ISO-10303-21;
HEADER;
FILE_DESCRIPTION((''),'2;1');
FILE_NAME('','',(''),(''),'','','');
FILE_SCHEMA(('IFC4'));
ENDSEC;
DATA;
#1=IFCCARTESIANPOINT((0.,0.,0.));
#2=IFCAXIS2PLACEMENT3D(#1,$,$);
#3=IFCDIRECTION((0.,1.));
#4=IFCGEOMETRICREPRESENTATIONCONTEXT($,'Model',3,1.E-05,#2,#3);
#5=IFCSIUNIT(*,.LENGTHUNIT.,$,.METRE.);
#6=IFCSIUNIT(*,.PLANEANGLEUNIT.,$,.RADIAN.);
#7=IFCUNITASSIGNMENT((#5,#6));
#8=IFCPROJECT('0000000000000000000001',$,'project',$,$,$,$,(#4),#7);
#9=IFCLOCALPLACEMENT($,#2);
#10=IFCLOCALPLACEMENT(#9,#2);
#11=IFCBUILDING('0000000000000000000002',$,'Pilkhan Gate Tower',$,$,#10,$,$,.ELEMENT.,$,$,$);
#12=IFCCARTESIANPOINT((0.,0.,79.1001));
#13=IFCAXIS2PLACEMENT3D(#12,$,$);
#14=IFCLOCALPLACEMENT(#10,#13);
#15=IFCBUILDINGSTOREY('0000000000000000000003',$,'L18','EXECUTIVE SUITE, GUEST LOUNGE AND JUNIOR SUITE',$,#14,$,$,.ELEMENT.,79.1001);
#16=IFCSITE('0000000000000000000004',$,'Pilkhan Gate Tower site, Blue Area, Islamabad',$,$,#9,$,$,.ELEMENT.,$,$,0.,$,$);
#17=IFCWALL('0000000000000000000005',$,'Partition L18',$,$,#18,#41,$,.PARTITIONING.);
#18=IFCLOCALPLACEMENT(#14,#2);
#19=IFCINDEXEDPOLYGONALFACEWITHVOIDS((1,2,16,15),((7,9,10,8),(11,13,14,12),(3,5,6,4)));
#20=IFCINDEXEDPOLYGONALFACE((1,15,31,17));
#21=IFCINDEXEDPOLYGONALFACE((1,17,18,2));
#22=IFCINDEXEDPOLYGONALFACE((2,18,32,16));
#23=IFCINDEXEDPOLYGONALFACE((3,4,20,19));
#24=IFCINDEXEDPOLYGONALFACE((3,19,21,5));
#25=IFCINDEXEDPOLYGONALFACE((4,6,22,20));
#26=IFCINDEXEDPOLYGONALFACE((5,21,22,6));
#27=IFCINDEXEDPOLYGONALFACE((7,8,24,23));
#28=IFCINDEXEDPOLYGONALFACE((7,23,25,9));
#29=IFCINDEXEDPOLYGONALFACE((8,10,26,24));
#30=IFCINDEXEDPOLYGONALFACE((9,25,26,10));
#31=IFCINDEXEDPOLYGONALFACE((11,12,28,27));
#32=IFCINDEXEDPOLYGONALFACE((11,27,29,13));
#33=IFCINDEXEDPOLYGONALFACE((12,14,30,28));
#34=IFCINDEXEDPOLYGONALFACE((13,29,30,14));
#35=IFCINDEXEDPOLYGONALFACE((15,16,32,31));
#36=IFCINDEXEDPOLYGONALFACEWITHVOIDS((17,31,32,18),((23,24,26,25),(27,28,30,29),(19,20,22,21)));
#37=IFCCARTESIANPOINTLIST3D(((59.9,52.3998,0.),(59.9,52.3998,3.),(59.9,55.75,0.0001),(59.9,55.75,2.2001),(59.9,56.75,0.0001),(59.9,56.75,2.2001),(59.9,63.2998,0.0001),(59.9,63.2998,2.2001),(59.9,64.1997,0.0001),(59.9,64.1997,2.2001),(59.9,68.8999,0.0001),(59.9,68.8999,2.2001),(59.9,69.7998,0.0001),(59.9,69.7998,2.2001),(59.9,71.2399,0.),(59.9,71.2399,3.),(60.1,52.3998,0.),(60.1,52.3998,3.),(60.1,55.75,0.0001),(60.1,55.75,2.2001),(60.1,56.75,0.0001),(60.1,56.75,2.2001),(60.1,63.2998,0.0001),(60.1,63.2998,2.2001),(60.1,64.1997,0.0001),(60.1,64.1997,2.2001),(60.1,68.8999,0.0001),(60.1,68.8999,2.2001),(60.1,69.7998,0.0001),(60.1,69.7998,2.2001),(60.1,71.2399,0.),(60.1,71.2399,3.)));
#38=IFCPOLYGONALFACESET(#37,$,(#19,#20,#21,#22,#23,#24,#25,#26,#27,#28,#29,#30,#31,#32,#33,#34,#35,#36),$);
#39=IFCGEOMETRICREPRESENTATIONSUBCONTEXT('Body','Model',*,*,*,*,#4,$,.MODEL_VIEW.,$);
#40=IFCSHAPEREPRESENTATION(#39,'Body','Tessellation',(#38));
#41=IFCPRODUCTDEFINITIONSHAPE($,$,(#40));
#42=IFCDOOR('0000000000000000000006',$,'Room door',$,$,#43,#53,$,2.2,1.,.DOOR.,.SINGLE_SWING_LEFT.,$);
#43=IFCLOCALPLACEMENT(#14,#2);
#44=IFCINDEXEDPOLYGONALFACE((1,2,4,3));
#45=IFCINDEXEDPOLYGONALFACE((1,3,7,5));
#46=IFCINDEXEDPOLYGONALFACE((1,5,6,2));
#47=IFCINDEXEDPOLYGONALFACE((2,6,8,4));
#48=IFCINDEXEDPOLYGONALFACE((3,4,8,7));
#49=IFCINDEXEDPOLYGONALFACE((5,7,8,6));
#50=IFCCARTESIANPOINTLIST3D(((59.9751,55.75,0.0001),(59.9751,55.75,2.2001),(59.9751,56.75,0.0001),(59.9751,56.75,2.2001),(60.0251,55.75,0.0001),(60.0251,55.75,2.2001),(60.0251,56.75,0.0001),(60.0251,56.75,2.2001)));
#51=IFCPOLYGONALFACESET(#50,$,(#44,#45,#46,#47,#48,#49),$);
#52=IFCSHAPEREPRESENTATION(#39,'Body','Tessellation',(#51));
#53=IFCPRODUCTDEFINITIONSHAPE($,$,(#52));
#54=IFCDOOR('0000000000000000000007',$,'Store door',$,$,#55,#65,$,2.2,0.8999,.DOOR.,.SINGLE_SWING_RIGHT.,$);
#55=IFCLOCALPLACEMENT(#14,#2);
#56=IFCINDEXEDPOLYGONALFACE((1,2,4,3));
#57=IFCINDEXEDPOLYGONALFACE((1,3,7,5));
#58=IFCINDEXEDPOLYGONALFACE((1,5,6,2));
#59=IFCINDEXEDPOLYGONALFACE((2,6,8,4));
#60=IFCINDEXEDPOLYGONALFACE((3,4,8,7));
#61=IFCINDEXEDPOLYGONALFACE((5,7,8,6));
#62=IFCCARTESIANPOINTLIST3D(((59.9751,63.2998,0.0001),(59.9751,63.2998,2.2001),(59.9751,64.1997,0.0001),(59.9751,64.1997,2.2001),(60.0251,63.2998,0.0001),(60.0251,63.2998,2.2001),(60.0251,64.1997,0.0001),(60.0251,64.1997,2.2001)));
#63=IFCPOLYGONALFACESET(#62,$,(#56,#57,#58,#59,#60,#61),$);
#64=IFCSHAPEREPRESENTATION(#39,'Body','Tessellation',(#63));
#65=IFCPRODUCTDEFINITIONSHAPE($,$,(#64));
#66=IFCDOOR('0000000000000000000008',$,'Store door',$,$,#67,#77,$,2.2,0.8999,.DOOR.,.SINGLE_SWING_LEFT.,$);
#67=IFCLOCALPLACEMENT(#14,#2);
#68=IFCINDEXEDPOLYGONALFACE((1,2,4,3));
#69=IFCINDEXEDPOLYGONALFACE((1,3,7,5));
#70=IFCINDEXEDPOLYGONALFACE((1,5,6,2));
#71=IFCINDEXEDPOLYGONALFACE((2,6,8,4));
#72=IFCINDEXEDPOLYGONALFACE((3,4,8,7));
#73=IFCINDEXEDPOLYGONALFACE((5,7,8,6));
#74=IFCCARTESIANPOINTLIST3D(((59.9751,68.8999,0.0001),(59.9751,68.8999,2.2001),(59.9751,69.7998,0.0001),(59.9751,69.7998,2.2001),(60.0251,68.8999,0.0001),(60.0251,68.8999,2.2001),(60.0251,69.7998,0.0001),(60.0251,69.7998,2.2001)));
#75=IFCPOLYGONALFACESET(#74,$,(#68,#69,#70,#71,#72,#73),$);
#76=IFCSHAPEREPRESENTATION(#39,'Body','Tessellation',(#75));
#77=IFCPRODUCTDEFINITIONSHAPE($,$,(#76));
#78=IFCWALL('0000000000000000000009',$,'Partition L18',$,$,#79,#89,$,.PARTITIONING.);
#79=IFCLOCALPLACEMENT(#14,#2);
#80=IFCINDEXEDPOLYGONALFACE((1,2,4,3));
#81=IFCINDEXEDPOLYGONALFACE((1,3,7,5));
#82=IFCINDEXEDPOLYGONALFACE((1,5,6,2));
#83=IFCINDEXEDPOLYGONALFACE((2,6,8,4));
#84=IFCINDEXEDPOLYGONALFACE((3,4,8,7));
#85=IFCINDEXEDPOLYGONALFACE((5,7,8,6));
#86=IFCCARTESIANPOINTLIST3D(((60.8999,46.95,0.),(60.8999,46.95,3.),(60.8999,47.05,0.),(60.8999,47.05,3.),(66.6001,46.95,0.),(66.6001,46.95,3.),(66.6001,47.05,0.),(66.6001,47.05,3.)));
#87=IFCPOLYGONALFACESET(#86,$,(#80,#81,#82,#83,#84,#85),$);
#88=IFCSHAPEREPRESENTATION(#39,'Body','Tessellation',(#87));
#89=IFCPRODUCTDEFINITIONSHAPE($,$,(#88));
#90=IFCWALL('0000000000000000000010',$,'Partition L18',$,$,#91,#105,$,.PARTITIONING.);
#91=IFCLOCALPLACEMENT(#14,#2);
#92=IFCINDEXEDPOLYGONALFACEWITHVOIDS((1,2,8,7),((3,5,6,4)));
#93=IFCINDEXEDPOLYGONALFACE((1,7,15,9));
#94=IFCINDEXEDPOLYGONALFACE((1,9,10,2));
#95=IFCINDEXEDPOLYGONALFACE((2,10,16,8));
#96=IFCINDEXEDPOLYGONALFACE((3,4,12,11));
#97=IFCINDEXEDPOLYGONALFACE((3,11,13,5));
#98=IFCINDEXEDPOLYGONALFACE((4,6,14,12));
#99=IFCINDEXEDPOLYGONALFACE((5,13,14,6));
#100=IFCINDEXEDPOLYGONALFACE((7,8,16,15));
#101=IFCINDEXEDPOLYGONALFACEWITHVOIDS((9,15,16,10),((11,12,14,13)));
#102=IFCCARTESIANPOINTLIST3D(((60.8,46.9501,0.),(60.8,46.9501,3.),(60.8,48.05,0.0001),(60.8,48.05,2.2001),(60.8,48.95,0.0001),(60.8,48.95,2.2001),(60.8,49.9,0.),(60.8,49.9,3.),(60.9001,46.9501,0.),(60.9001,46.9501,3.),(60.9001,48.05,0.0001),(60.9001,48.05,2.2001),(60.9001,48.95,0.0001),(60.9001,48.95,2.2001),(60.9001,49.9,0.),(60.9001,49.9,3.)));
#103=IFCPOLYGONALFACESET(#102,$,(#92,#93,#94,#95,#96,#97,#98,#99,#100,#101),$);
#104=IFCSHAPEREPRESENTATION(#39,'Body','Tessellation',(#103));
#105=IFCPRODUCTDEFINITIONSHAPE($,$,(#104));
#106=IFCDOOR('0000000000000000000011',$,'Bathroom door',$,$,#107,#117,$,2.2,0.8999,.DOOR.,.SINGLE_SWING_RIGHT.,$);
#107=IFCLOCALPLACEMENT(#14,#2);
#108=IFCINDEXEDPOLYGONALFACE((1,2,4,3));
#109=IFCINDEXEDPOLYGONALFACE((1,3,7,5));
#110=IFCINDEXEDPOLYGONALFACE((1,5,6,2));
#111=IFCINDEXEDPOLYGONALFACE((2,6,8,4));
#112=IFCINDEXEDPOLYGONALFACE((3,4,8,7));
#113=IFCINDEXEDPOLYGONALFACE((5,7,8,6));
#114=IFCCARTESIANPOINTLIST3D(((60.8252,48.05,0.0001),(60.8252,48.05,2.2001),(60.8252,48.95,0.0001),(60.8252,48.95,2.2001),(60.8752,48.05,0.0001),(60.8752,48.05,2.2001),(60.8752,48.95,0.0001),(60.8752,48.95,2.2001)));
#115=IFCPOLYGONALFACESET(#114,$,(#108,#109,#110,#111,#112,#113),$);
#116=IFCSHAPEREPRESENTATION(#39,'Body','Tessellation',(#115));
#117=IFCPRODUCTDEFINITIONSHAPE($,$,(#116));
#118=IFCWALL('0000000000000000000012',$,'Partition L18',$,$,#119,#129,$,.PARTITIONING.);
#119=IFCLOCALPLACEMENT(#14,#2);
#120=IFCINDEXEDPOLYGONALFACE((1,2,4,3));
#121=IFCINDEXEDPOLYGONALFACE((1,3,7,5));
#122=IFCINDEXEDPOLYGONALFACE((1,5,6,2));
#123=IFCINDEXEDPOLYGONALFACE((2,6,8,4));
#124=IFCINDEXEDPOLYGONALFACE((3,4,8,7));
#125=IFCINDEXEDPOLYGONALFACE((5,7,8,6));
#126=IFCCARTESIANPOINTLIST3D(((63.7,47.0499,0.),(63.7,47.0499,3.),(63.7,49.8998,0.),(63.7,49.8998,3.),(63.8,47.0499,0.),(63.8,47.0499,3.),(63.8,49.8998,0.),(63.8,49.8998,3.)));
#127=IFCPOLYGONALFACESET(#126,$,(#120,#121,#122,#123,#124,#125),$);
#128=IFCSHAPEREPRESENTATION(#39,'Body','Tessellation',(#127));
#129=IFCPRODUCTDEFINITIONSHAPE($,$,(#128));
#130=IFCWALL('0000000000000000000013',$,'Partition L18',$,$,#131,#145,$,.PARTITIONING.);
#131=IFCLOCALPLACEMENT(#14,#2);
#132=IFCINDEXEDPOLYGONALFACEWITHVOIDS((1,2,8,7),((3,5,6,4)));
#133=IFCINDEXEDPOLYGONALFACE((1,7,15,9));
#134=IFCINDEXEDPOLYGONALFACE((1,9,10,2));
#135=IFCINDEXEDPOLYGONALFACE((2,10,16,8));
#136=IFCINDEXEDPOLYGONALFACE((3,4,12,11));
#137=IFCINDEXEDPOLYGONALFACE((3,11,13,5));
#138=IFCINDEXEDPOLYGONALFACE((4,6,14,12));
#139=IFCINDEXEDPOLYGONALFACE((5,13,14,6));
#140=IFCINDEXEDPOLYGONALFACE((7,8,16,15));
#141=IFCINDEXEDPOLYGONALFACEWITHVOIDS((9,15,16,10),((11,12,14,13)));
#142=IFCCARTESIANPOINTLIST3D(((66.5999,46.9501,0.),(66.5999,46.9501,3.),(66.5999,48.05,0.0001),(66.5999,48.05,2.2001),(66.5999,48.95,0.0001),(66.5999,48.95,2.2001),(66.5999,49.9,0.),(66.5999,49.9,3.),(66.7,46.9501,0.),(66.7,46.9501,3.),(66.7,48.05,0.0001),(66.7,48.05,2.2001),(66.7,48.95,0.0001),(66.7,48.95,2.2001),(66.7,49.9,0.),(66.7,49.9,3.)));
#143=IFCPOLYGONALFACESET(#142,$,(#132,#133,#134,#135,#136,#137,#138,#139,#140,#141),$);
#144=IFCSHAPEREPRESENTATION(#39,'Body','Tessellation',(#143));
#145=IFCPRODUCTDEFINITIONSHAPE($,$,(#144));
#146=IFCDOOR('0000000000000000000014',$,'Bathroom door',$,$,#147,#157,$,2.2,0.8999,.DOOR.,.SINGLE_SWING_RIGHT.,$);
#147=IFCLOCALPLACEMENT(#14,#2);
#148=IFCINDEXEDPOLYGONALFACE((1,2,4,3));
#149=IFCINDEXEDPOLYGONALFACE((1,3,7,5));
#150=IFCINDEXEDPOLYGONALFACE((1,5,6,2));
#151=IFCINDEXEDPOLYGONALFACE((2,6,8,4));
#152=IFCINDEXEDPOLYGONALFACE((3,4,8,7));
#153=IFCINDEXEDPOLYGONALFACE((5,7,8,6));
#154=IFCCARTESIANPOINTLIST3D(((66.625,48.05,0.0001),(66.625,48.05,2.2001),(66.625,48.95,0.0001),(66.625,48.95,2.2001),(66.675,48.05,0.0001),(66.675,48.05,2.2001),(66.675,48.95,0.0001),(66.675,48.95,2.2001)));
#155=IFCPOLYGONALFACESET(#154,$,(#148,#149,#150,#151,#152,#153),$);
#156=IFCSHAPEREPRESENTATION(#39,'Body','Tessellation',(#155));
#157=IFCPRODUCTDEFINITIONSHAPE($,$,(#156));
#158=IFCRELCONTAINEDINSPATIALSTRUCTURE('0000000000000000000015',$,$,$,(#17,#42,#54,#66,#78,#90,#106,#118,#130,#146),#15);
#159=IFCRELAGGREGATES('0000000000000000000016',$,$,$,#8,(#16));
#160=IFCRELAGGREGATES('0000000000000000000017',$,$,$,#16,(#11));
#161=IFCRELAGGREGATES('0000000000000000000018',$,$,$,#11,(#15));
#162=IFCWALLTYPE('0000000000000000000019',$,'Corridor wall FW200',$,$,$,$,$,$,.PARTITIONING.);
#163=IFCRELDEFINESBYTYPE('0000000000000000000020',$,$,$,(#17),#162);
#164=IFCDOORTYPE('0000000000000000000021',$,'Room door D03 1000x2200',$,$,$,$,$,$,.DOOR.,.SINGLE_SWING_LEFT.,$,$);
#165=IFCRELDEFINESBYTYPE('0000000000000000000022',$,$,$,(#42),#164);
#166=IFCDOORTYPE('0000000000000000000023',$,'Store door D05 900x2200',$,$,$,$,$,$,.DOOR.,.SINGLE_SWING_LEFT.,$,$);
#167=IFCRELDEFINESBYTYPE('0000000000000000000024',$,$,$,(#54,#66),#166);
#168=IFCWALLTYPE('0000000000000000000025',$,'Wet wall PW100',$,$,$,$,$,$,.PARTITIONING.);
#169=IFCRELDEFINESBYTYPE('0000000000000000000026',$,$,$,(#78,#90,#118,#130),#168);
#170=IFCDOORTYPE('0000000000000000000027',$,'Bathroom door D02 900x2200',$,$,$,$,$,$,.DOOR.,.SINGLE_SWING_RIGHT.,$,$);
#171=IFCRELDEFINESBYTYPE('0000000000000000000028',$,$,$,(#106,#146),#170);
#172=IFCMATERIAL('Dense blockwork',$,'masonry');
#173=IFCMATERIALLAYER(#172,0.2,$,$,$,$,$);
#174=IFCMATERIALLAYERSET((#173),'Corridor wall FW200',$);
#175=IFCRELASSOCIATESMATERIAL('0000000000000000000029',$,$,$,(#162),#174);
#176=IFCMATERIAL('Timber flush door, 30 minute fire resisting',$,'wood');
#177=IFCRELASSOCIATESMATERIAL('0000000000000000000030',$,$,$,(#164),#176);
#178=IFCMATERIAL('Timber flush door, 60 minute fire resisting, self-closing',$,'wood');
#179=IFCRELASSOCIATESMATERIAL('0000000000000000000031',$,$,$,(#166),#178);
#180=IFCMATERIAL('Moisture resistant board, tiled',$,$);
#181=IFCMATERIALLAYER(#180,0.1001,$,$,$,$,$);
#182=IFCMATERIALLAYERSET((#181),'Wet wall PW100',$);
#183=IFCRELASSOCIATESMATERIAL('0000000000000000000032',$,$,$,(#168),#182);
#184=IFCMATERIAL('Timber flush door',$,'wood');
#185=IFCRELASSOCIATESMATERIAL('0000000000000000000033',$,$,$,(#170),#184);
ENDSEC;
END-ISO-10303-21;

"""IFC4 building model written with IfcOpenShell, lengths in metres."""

from ifc_helpers import new_model, si_unit, direction, frame, frame_2d, origin, place, context, subcontext, project, spatial, rectangle, extrude, material, layer, layer_set, type_object, element, fill, save


model = new_model("IFC4")

# Units and contexts
model_context = context("Model", 3, precision=1e-05, world=origin(), true_north=direction((0.0, 1.0)))
body_context = subcontext(model_context, "Body", "Model", "MODEL_VIEW")
ifc_project = project(units=[si_unit("LENGTHUNIT", "METRE"), si_unit("PLANEANGLEUNIT", "RADIAN")], contexts=[model_context])

# Site, building, storey
site_placement = place(None, origin())
site = spatial("IfcSite", under=ifc_project, at=site_placement, Name="Pilkhan Gate Tower site, Blue Area, Islamabad", CompositionType="ELEMENT", RefElevation=0.0)
building_placement = place(site_placement, origin())
building = spatial("IfcBuilding", under=site, at=building_placement, Name="Pilkhan Gate Tower", CompositionType="ELEMENT")
storey_placement = place(building_placement, frame((0.0, 0.0, 79.1001)))
storey = spatial("IfcBuildingStorey", under=building, at=storey_placement, Name="L18", Description="EXECUTIVE SUITE, GUEST LOUNGE AND JUNIOR SUITE", CompositionType="ELEMENT", Elevation=79.1001)

# Wall, openings, doors
ifc_material_1 = material(Name="Dense blockwork", Category="masonry")
ifc_layer_1 = layer(ifc_material_1, 0.2)
ifc_layer_set_1 = layer_set([ifc_layer_1], Name="Corridor wall FW200")
wall_type_1 = type_object("IfcWallType", Name="Corridor wall FW200", PredefinedType="PARTITIONING", material=ifc_layer_set_1)
ifc_material_2 = material(Name="Timber flush door, 30 minute fire resisting", Category="wood")
wall_1_placement = place(storey_placement, frame((60.0, 52.3999, 0.0), z_axis=(0.0, 0.0, 1.0), x_axis=(0.0, 1.0, 0.0)))
wall_1 = element("IfcWall", 1, at=wall_1_placement, inside=storey, type_object=wall_type_1, Name="Partition L18", PredefinedType="PARTITIONING", context=body_context, shape_type="SweptSolid", body=[
    extrude(rectangle(XDim=18.8401, YDim=0.2, at=frame_2d((9.4199, 0.0))), origin(), (0.0, 0.0, 1.0), 3.0),
])
opening_1_placement = place(wall_1_placement, frame((3.3501, 0.0, 0.0)))
opening_1 = element("IfcOpeningElement", 2, at=opening_1_placement, cuts=wall_1, PredefinedType="OPENING", context=body_context, shape_type="SweptSolid", body=[
    extrude(rectangle(XDim=1.0, YDim=2.2, at=frame_2d((0.5, 1.1001))), frame((0.0, 0.1099, 0.0), z_axis=(0.0, -1.0, 0.0), x_axis=(1.0, 0.0, 0.0)), (0.0, 0.0, 1.0), 0.22),
])
opening_2_placement = place(wall_1_placement, frame((10.8999, 0.0, 0.0)))
opening_2 = element("IfcOpeningElement", 3, at=opening_2_placement, cuts=wall_1, PredefinedType="OPENING", context=body_context, shape_type="SweptSolid", body=[
    extrude(rectangle(XDim=0.8999, YDim=2.2, at=frame_2d((0.45, 1.1001))), frame((0.0, 0.1099, 0.0), z_axis=(0.0, -1.0, 0.0), x_axis=(1.0, 0.0, 0.0)), (0.0, 0.0, 1.0), 0.22),
])
opening_3_placement = place(wall_1_placement, frame((16.5, 0.0, 0.0)))
opening_3 = element("IfcOpeningElement", 4, at=opening_3_placement, cuts=wall_1, PredefinedType="OPENING", context=body_context, shape_type="SweptSolid", body=[
    extrude(rectangle(XDim=0.8999, YDim=2.2, at=frame_2d((0.45, 1.1001))), frame((0.0, 0.1099, 0.0), z_axis=(0.0, -1.0, 0.0), x_axis=(1.0, 0.0, 0.0)), (0.0, 0.0, 1.0), 0.22),
])
door_type_1 = type_object("IfcDoorType", Name="Room door D03 1000x2200", OperationType="SINGLE_SWING_LEFT", PredefinedType="DOOR", material=ifc_material_2)
door_1_placement = place(opening_1_placement, origin())
door_1 = element("IfcDoor", 5, at=door_1_placement, inside=storey, type_object=door_type_1, Name="Room door", OperationType="SINGLE_SWING_LEFT", OverallHeight=2.2, OverallWidth=1.0, PredefinedType="DOOR", context=body_context, shape_type="SweptSolid", body=[
    extrude(rectangle(XDim=1.0, YDim=2.2, at=frame_2d((0.5, 1.1001))), frame((0.0, 0.0249, 0.0), z_axis=(0.0, -1.0, 0.0), x_axis=(1.0, 0.0, 0.0)), (0.0, 0.0, 1.0), 0.05),
])
fill(opening_1, door_1)
ifc_material_3 = material(Name="Timber flush door, 60 minute fire resisting, self-closing", Category="wood")
door_type_2 = type_object("IfcDoorType", Name="Store door D05 900x2200", OperationType="SINGLE_SWING_LEFT", PredefinedType="DOOR", material=ifc_material_3)
door_2_placement = place(opening_2_placement, origin())
door_2 = element("IfcDoor", 6, at=door_2_placement, inside=storey, type_object=door_type_2, Name="Store door", OperationType="SINGLE_SWING_RIGHT", OverallHeight=2.2, OverallWidth=0.8999, PredefinedType="DOOR", context=body_context, shape_type="SweptSolid", body=[
    extrude(rectangle(XDim=0.8999, YDim=2.2, at=frame_2d((0.45, 1.1001))), frame((0.0, 0.0249, 0.0), z_axis=(0.0, -1.0, 0.0), x_axis=(1.0, 0.0, 0.0)), (0.0, 0.0, 1.0), 0.05),
])
fill(opening_2, door_2)
door_3_placement = place(opening_3_placement, origin())
door_3 = element("IfcDoor", 7, at=door_3_placement, inside=storey, type_object=door_type_2, Name="Store door", OperationType="SINGLE_SWING_LEFT", OverallHeight=2.2, OverallWidth=0.8999, PredefinedType="DOOR", context=body_context, shape_type="SweptSolid", body=[
    extrude(rectangle(XDim=0.8999, YDim=2.2, at=frame_2d((0.45, 1.1001))), frame((0.0, 0.0249, 0.0), z_axis=(0.0, -1.0, 0.0), x_axis=(1.0, 0.0, 0.0)), (0.0, 0.0, 1.0), 0.05),
])
fill(opening_3, door_3)

# Wall
ifc_material_4 = material(Name="Moisture resistant board, tiled")
ifc_layer_2 = layer(ifc_material_4, 0.1001)
ifc_layer_set_2 = layer_set([ifc_layer_2], Name="Wet wall PW100")
wall_type_2 = type_object("IfcWallType", Name="Wet wall PW100", PredefinedType="PARTITIONING", material=ifc_layer_set_2)
wall_2_placement = place(storey_placement, frame((60.8999, 47.0, 0.0), z_axis=(0.0, 0.0, 1.0), x_axis=(1.0, 0.0, 0.0)))
element("IfcWall", 8, at=wall_2_placement, inside=storey, type_object=wall_type_2, Name="Partition L18", PredefinedType="PARTITIONING", context=body_context, shape_type="SweptSolid", body=[
    extrude(rectangle(XDim=5.7002, YDim=0.1001, at=frame_2d((2.8501, 0.0))), origin(), (0.0, 0.0, 1.0), 3.0),
])

# Wall, opening, door
wall_3_placement = place(storey_placement, frame((60.8501, 46.95, 0.0), z_axis=(0.0, 0.0, 1.0), x_axis=(0.0, 1.0, 0.0)))
wall_3 = element("IfcWall", 9, at=wall_3_placement, inside=storey, type_object=wall_type_2, Name="Partition L18", PredefinedType="PARTITIONING", context=body_context, shape_type="SweptSolid", body=[
    extrude(rectangle(XDim=2.95, YDim=0.1001, at=frame_2d((1.4751, 0.0))), origin(), (0.0, 0.0, 1.0), 3.0),
])
opening_4_placement = place(wall_3_placement, frame((1.1001, 0.0, 0.0)))
opening_4 = element("IfcOpeningElement", 10, at=opening_4_placement, cuts=wall_3, PredefinedType="OPENING", context=body_context, shape_type="SweptSolid", body=[
    extrude(rectangle(XDim=0.8999, YDim=2.2, at=frame_2d((0.45, 1.1001))), frame((0.0, 0.0601, 0.0), z_axis=(0.0, -1.0, 0.0), x_axis=(1.0, 0.0, 0.0)), (0.0, 0.0, 1.0), 0.1201),
])
ifc_material_5 = material(Name="Timber flush door", Category="wood")
door_type_3 = type_object("IfcDoorType", Name="Bathroom door D02 900x2200", OperationType="SINGLE_SWING_RIGHT", PredefinedType="DOOR", material=ifc_material_5)
door_4_placement = place(opening_4_placement, origin())
door_4 = element("IfcDoor", 11, at=door_4_placement, inside=storey, type_object=door_type_3, Name="Bathroom door", OperationType="SINGLE_SWING_RIGHT", OverallHeight=2.2, OverallWidth=0.8999, PredefinedType="DOOR", context=body_context, shape_type="SweptSolid", body=[
    extrude(rectangle(XDim=0.8999, YDim=2.2, at=frame_2d((0.45, 1.1001))), frame((0.0, 0.0249, 0.0), z_axis=(0.0, -1.0, 0.0), x_axis=(1.0, 0.0, 0.0)), (0.0, 0.0, 1.0), 0.05),
])
fill(opening_4, door_4)

# Wall
wall_4_placement = place(storey_placement, frame((63.75, 47.05, 0.0), z_axis=(0.0, 0.0, 1.0), x_axis=(0.0, 1.0, 0.0)))
element("IfcWall", 12, at=wall_4_placement, inside=storey, type_object=wall_type_2, Name="Partition L18", PredefinedType="PARTITIONING", context=body_context, shape_type="SweptSolid", body=[
    extrude(rectangle(XDim=2.8499, YDim=0.1001, at=frame_2d((1.4248, 0.0))), origin(), (0.0, 0.0, 1.0), 3.0),
])

# Wall, opening, door
wall_5_placement = place(storey_placement, frame((66.6499, 46.95, 0.0), z_axis=(0.0, 0.0, 1.0), x_axis=(0.0, 1.0, 0.0)))
wall_5 = element("IfcWall", 13, at=wall_5_placement, inside=storey, type_object=wall_type_2, Name="Partition L18", PredefinedType="PARTITIONING", context=body_context, shape_type="SweptSolid", body=[
    extrude(rectangle(XDim=2.95, YDim=0.1001, at=frame_2d((1.4751, 0.0))), origin(), (0.0, 0.0, 1.0), 3.0),
])
opening_5_placement = place(wall_5_placement, frame((1.1001, 0.0, 0.0)))
opening_5 = element("IfcOpeningElement", 14, at=opening_5_placement, cuts=wall_5, PredefinedType="OPENING", context=body_context, shape_type="SweptSolid", body=[
    extrude(rectangle(XDim=0.8999, YDim=2.2, at=frame_2d((0.45, 1.1001))), frame((0.0, 0.0601, 0.0), z_axis=(0.0, -1.0, 0.0), x_axis=(1.0, 0.0, 0.0)), (0.0, 0.0, 1.0), 0.1201),
])
door_5_placement = place(opening_5_placement, origin())
door_5 = element("IfcDoor", 15, at=door_5_placement, inside=storey, type_object=door_type_3, Name="Bathroom door", OperationType="SINGLE_SWING_RIGHT", OverallHeight=2.2, OverallWidth=0.8999, PredefinedType="DOOR", context=body_context, shape_type="SweptSolid", body=[
    extrude(rectangle(XDim=0.8999, YDim=2.2, at=frame_2d((0.45, 1.1001))), frame((0.0, 0.0249, 0.0), z_axis=(0.0, -1.0, 0.0), x_axis=(1.0, 0.0, 0.0)), (0.0, 0.0, 1.0), 0.05),
])
fill(opening_5, door_5)

save(model, "model.ifc")
